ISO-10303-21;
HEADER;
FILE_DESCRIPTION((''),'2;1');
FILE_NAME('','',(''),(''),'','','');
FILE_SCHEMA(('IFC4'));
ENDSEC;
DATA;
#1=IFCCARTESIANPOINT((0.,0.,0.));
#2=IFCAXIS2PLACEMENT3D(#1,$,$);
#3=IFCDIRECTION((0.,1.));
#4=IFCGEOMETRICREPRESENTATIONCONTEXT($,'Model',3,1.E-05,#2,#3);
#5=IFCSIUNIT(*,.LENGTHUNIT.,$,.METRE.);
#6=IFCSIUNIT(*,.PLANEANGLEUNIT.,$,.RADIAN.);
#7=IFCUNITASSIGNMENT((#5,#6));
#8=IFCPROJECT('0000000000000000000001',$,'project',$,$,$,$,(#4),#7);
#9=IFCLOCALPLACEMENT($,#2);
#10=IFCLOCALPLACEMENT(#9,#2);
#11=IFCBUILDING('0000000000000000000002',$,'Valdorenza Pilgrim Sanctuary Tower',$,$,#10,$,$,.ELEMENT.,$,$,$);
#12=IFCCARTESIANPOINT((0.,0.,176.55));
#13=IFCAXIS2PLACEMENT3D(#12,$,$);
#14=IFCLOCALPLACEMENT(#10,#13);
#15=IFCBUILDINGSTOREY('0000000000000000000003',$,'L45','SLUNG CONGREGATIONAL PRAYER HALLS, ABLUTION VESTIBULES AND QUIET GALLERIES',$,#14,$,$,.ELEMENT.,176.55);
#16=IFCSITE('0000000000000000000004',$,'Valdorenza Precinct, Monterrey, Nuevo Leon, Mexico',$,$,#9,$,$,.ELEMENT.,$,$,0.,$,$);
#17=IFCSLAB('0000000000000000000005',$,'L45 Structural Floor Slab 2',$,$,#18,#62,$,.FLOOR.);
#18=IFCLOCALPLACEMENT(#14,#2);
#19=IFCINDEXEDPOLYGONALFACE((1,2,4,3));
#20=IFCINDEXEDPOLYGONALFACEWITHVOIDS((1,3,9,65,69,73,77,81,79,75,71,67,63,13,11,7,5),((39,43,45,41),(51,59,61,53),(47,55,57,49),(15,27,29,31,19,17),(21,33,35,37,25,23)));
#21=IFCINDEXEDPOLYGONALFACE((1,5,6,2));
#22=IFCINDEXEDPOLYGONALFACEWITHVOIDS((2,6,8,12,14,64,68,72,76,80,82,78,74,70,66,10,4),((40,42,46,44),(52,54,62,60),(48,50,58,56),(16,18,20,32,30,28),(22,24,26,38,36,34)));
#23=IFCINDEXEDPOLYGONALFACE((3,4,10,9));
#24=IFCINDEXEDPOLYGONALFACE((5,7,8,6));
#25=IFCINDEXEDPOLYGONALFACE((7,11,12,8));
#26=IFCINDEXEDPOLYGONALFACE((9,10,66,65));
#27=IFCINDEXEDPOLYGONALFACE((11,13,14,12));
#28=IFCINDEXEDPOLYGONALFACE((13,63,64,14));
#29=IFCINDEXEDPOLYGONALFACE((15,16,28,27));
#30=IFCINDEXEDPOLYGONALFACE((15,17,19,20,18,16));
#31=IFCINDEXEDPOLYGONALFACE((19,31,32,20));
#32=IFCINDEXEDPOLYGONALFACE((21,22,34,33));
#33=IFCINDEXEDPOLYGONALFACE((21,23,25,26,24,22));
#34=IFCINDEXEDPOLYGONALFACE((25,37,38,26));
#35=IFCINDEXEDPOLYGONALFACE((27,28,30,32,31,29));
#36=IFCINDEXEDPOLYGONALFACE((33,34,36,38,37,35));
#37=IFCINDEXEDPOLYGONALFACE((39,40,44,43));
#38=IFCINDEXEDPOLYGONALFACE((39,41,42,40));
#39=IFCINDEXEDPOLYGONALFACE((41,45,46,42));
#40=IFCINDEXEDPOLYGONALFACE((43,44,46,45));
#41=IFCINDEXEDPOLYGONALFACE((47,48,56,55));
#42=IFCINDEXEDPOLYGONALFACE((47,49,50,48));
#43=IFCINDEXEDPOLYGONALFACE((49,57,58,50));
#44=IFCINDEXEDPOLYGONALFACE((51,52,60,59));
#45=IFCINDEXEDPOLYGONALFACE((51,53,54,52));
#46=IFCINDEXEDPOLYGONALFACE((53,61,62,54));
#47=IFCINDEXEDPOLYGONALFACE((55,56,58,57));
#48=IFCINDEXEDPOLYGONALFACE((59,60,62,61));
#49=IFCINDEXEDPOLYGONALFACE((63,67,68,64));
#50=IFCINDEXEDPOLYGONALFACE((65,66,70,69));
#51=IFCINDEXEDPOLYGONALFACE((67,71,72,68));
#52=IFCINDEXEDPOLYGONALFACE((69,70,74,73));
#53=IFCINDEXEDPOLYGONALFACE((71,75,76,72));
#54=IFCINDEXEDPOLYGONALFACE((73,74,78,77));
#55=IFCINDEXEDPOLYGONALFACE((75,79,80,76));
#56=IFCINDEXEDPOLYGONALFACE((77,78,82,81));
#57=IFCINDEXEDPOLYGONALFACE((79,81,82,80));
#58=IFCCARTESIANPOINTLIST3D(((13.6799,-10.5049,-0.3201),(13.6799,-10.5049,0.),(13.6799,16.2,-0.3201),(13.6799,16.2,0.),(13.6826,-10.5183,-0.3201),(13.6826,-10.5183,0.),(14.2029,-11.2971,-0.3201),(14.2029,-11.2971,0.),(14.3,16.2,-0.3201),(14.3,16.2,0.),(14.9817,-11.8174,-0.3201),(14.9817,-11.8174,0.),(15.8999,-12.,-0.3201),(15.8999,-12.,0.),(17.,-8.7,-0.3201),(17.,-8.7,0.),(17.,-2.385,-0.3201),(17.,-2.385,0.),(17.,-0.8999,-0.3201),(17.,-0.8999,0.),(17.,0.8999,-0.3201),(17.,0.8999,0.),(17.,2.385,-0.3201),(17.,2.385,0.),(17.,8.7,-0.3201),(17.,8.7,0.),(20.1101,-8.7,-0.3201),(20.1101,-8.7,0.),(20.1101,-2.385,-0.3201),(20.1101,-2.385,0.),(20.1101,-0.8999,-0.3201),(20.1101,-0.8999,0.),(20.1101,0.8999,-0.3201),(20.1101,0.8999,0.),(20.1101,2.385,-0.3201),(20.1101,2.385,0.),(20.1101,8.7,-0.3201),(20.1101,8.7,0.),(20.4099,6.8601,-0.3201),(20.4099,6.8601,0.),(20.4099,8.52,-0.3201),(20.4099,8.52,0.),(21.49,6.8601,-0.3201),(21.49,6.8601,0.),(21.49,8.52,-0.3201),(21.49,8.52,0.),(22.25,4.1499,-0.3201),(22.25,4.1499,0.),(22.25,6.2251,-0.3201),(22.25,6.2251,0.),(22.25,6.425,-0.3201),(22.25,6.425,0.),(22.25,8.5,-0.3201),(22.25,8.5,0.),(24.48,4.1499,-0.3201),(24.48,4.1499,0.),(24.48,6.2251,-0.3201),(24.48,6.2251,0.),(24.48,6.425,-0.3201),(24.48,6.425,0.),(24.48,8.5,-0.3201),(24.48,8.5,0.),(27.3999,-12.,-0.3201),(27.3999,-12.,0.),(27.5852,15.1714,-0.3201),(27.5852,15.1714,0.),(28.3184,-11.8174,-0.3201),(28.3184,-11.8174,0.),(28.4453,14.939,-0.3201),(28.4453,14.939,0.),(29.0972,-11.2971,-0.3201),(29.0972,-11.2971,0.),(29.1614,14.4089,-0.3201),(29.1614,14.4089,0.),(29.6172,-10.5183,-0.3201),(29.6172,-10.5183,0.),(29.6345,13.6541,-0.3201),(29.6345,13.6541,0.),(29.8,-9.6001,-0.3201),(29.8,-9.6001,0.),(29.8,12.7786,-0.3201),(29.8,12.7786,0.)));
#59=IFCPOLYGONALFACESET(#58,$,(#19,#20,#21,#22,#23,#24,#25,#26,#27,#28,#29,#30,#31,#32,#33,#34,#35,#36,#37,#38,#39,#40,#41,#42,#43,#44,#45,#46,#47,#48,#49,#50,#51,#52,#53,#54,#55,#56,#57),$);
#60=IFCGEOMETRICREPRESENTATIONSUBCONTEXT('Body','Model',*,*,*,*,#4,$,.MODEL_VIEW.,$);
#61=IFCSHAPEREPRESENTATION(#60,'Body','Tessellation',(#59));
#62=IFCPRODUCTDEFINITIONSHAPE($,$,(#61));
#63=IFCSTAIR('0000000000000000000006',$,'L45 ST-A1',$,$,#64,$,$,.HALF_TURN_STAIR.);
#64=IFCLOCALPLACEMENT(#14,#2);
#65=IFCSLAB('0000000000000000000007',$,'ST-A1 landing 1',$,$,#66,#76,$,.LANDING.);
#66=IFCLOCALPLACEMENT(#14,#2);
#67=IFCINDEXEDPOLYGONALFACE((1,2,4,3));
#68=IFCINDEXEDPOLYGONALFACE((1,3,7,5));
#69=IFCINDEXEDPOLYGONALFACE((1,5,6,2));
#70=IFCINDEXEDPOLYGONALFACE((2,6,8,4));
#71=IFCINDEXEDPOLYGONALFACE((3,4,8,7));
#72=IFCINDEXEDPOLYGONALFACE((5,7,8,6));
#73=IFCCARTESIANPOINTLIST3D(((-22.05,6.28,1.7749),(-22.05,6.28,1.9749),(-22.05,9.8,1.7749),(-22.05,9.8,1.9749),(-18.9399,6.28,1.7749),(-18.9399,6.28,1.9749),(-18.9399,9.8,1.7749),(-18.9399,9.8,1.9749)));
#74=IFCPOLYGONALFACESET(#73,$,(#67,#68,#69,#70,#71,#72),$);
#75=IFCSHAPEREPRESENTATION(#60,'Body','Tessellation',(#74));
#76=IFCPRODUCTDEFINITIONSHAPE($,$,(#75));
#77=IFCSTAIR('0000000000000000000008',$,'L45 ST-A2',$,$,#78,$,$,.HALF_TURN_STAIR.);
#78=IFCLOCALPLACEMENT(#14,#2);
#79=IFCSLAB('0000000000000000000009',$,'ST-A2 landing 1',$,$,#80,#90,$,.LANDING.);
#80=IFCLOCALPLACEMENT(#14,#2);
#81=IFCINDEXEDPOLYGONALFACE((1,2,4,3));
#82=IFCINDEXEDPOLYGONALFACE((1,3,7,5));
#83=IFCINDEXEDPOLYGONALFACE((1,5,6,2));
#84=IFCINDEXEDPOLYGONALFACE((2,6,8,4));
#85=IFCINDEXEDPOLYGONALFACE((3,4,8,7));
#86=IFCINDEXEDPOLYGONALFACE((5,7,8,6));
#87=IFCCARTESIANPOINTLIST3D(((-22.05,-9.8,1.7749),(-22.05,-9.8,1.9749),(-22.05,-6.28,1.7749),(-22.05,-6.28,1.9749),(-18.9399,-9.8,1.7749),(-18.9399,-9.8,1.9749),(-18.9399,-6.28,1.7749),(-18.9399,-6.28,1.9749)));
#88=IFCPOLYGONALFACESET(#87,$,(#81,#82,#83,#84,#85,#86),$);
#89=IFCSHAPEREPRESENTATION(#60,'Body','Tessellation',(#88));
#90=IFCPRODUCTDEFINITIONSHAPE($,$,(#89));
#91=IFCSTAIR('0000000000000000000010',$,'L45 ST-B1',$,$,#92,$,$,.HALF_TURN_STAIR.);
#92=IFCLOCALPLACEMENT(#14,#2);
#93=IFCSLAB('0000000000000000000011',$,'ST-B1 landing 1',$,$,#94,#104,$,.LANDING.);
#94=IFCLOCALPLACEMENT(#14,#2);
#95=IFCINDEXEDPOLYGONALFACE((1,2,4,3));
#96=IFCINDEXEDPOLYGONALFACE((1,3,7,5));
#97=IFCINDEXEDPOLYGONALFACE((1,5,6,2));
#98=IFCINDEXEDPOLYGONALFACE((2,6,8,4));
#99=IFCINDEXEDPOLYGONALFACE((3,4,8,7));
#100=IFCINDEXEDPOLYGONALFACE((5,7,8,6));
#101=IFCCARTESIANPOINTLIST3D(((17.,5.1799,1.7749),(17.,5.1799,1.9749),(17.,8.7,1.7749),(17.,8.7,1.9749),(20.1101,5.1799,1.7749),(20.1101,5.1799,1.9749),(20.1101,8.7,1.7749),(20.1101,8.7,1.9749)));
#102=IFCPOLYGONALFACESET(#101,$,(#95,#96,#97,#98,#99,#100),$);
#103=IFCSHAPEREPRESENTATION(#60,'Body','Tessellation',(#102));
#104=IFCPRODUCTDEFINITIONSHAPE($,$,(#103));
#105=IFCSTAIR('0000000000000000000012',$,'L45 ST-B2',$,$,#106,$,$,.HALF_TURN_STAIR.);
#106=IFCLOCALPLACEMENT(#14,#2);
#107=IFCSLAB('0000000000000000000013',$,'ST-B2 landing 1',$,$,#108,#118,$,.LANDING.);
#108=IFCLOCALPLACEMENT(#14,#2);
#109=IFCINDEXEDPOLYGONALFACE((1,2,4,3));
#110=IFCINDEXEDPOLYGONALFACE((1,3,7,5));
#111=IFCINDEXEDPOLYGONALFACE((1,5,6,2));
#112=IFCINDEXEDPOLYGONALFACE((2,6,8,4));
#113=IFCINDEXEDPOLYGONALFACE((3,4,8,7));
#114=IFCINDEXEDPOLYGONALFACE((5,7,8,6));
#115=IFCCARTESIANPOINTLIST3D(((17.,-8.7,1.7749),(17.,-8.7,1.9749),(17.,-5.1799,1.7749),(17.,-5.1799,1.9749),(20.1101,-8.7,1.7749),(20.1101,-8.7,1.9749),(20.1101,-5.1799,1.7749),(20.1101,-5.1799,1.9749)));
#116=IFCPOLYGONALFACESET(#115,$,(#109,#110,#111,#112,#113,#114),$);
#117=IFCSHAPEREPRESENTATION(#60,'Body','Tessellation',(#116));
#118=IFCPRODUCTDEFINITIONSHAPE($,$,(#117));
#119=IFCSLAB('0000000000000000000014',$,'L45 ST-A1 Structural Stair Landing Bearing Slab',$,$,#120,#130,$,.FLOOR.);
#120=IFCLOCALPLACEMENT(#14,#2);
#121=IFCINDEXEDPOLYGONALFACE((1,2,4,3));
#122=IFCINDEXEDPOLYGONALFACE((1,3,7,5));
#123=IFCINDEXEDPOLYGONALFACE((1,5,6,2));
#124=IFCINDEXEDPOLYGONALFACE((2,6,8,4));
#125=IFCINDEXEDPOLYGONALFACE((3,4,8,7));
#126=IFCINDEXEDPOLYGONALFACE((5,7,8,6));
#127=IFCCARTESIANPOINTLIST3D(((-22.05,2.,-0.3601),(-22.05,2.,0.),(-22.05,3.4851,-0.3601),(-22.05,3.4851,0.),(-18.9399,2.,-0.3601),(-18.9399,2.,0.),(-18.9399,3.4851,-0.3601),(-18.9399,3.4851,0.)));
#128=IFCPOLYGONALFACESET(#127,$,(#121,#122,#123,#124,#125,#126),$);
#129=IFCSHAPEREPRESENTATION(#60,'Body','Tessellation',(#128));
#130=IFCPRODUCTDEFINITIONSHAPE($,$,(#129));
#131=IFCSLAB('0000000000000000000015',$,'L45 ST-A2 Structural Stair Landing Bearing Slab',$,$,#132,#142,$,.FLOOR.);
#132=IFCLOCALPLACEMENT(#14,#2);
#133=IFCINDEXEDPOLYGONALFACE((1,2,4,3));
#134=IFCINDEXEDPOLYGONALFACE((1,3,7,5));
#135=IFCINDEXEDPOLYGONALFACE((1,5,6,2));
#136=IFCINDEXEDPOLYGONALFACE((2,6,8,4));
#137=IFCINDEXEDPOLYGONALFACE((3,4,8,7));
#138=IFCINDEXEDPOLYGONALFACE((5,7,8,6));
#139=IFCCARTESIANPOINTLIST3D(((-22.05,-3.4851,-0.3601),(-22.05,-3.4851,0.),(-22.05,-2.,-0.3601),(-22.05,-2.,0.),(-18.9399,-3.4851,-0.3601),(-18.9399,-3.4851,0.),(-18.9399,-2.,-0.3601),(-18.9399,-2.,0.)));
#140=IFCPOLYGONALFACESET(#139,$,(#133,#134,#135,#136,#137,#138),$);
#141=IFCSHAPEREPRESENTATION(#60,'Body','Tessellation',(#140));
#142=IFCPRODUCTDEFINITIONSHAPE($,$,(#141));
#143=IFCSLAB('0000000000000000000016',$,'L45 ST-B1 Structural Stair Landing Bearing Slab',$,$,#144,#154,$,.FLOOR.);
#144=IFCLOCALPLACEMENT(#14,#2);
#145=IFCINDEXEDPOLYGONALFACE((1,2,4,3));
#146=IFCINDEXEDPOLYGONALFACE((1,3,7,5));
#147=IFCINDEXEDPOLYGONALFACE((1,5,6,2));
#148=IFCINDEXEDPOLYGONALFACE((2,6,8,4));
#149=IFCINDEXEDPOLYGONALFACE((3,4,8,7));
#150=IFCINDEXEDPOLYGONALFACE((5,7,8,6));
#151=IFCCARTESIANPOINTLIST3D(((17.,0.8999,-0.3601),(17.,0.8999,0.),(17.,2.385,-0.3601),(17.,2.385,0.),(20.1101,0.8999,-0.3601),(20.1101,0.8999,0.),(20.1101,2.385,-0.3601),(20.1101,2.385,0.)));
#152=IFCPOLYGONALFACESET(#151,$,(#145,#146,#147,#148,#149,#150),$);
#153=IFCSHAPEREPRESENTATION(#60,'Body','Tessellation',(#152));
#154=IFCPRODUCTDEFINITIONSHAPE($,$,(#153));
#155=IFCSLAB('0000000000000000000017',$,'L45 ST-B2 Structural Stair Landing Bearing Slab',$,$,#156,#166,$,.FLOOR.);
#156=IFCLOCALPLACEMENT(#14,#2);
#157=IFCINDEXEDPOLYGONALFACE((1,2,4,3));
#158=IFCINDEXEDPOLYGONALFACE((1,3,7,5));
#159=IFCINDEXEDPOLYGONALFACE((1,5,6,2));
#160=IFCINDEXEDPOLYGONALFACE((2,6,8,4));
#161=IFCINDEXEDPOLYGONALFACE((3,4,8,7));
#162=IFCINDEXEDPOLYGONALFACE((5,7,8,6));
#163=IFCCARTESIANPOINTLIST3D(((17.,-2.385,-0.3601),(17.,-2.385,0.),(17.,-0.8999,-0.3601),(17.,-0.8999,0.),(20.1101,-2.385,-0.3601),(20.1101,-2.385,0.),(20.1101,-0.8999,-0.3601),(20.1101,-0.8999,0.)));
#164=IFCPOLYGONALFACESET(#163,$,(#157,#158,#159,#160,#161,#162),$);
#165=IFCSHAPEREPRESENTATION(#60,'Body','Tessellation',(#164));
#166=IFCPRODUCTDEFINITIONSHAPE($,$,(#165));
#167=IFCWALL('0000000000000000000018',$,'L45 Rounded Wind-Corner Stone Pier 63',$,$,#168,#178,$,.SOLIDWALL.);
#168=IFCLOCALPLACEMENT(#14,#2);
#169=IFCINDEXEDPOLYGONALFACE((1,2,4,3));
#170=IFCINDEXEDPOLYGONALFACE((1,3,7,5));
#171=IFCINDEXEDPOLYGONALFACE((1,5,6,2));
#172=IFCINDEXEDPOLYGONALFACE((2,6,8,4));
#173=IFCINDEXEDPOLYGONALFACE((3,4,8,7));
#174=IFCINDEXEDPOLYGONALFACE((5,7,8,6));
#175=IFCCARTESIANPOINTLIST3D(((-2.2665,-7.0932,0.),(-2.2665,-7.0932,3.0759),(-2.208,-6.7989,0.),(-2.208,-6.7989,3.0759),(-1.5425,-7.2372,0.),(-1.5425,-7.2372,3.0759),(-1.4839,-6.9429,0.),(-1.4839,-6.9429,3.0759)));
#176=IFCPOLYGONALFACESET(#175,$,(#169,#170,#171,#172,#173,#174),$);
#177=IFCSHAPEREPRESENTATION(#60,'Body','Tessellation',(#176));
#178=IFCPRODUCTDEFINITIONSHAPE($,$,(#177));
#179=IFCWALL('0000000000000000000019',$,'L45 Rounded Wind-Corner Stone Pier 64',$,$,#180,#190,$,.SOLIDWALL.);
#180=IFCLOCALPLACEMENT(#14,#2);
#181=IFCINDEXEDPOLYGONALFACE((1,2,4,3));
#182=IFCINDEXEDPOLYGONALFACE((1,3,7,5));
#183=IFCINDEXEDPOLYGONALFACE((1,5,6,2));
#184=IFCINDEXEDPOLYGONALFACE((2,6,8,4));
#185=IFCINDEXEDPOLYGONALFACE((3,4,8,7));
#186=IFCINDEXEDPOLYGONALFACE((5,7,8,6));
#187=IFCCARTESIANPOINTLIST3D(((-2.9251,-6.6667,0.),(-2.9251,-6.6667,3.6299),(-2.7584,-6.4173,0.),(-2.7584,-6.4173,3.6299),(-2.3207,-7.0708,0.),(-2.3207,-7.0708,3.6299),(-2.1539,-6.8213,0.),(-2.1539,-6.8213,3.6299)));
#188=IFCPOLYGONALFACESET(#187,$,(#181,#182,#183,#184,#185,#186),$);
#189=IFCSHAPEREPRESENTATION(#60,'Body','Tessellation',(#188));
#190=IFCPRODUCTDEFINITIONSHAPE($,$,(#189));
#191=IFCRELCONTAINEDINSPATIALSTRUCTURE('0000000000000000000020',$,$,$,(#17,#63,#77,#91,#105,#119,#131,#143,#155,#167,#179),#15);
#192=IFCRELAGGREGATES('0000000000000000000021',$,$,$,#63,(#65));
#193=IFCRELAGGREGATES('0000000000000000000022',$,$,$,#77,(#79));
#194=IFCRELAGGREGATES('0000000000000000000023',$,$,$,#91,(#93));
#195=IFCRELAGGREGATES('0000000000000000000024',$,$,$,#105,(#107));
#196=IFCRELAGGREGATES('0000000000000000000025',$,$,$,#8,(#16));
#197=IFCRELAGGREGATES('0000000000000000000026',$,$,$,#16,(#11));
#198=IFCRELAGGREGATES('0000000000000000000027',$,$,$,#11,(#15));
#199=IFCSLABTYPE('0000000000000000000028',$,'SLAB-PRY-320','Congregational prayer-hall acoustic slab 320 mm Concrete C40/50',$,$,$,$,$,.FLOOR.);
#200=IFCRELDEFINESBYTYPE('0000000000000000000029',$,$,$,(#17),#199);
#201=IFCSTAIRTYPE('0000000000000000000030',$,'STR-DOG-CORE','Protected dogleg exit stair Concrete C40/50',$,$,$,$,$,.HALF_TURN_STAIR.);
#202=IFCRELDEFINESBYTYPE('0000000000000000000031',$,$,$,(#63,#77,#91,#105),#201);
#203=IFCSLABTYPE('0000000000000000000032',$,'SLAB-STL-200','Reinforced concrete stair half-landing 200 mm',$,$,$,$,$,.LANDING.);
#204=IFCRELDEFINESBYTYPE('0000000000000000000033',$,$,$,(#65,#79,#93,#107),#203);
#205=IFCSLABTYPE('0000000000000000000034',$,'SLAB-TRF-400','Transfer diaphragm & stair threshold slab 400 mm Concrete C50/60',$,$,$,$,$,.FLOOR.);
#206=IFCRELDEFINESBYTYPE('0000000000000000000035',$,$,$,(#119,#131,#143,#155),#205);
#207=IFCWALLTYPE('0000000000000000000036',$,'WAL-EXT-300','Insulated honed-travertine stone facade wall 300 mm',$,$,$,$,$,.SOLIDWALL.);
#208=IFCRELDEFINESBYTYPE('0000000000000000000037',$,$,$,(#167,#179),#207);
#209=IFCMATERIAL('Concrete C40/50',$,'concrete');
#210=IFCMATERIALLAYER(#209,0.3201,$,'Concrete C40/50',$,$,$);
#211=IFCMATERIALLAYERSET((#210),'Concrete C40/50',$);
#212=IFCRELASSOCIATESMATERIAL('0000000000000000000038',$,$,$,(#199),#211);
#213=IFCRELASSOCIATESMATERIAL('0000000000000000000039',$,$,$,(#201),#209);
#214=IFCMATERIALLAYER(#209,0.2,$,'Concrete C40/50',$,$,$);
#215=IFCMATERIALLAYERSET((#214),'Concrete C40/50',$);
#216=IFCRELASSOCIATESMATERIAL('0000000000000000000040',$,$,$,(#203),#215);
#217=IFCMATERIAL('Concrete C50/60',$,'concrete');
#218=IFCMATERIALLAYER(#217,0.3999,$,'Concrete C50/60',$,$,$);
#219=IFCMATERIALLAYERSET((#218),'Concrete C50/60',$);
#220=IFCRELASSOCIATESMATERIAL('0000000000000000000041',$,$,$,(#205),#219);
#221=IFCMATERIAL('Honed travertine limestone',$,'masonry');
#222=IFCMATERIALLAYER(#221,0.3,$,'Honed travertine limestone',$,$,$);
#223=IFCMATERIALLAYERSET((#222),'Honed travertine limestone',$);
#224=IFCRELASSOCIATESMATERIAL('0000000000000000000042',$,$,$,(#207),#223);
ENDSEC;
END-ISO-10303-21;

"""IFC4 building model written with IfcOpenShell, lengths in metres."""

from ifc_helpers import new_model, si_unit, direction, frame, frame_2d, origin, place, context, subcontext, project, spatial, polyline, rectangle, outline, extrude, material, layer, layer_set, type_object, element, aggregate, save


model = new_model("IFC4")

# Units and contexts
model_context = context("Model", 3, precision=1e-05, world=origin(), true_north=direction((0.0, 1.0)))
body_context = subcontext(model_context, "Body", "Model", "MODEL_VIEW")
ifc_project = project(units=[si_unit("LENGTHUNIT", "METRE"), si_unit("PLANEANGLEUNIT", "RADIAN")], contexts=[model_context])

# Site, building, storey
site_placement = place(None, origin())
site = spatial("IfcSite", under=ifc_project, at=site_placement, Name="Valdorenza Precinct, Monterrey, Nuevo Leon, Mexico", CompositionType="ELEMENT", RefElevation=0.0)
building_placement = place(site_placement, origin())
building = spatial("IfcBuilding", under=site, at=building_placement, Name="Valdorenza Pilgrim Sanctuary Tower", CompositionType="ELEMENT")
storey_placement = place(building_placement, frame((0.0, 0.0, 176.55)))
storey = spatial("IfcBuildingStorey", under=building, at=storey_placement, Name="L45", Description="SLUNG CONGREGATIONAL PRAYER HALLS, ABLUTION VESTIBULES AND QUIET GALLERIES", CompositionType="ELEMENT", Elevation=176.55)

# Slab
ifc_material_1 = material(Name="Concrete C40/50", Category="concrete")
ifc_layer_1 = layer(ifc_material_1, 0.3201, Name="Concrete C40/50")
ifc_layer_set_1 = layer_set([ifc_layer_1], Name="Concrete C40/50")
slab_type_1 = type_object("IfcSlabType", Name="SLAB-PRY-320", Description="Congregational prayer-hall acoustic slab 320 mm Concrete C40/50", PredefinedType="FLOOR", material=ifc_layer_set_1)
slab_1_placement = place(storey_placement, frame((0.0, 0.0, -0.3201)))
element("IfcSlab", 1, at=slab_1_placement, inside=storey, type_object=slab_type_1, Name="L45 Structural Floor Slab 2", PredefinedType="FLOOR", context=body_context, shape_type="SweptSolid", body=[
    extrude(outline(polyline([(27.5852, 15.1714), (28.4453, 14.939), (29.1614, 14.4089), (29.6345, 13.6541), (29.8, 12.7786), (29.8, -9.6001), (29.6172, -10.5183), (29.0972, -11.2971), (28.3184, -11.8174), (27.3999, -12.0), (15.8999, -12.0), (14.9817, -11.8174), (14.2029, -11.2971), (13.6826, -10.5183), (13.6799, -10.5049), (13.6799, 16.2), (14.3, 16.2), (27.5852, 15.1714)]), holes=[polyline([(17.0, -8.7), (20.1101, -8.7), (20.1101, -2.385), (20.1101, -0.8999), (17.0, -0.8999), (17.0, -2.385), (17.0, -8.7)]), polyline([(17.0, 0.8999), (20.1101, 0.8999), (20.1101, 2.385), (20.1101, 8.7), (17.0, 8.7), (17.0, 2.385), (17.0, 0.8999)]), polyline([(22.25, 4.1499), (24.48, 4.1499), (24.48, 6.2251), (22.25, 6.2251), (22.25, 4.1499)]), polyline([(22.25, 6.425), (24.48, 6.425), (24.48, 8.5), (22.25, 8.5), (22.25, 6.425)]), polyline([(20.4099, 6.8601), (21.49, 6.8601), (21.49, 8.52), (20.4099, 8.52), (20.4099, 6.8601)])]), origin(), (0.0, 0.0, 1.0), 0.3201),
])

# Stairs, slabs
stair_type = type_object("IfcStairType", Name="STR-DOG-CORE", Description="Protected dogleg exit stair Concrete C40/50", PredefinedType="HALF_TURN_STAIR", material=ifc_material_1)
stair_1_placement = place(storey_placement, origin())
stair_1 = element("IfcStair", 2, at=stair_1_placement, inside=storey, type_object=stair_type, Name="L45 ST-A1", PredefinedType="HALF_TURN_STAIR")
ifc_layer_2 = layer(ifc_material_1, 0.2, Name="Concrete C40/50")
ifc_layer_set_2 = layer_set([ifc_layer_2], Name="Concrete C40/50")
slab_type_2 = type_object("IfcSlabType", Name="SLAB-STL-200", Description="Reinforced concrete stair half-landing 200 mm", PredefinedType="LANDING", material=ifc_layer_set_2)
slab_2_placement = place(storey_placement, frame((0.0, 0.0, 1.7749)))
slab_2 = element("IfcSlab", 3, at=slab_2_placement, type_object=slab_type_2, Name="ST-A1 landing 1", PredefinedType="LANDING", context=body_context, shape_type="SweptSolid", body=[
    extrude(outline(polyline([(-18.9399, 6.28), (-18.9399, 9.8), (-22.05, 9.8), (-22.05, 6.28), (-18.9399, 6.28)])), origin(), (0.0, 0.0, 1.0), 0.2),
])
aggregate(stair_1, [slab_2])
stair_2_placement = place(storey_placement, origin())
stair_2 = element("IfcStair", 4, at=stair_2_placement, inside=storey, type_object=stair_type, Name="L45 ST-A2", PredefinedType="HALF_TURN_STAIR")
slab_3_placement = place(storey_placement, frame((0.0, 0.0, 1.7749)))
slab_3 = element("IfcSlab", 5, at=slab_3_placement, type_object=slab_type_2, Name="ST-A2 landing 1", PredefinedType="LANDING", context=body_context, shape_type="SweptSolid", body=[
    extrude(outline(polyline([(-22.05, -6.28), (-22.05, -9.8), (-18.9399, -9.8), (-18.9399, -6.28), (-22.05, -6.28)])), origin(), (0.0, 0.0, 1.0), 0.2),
])
aggregate(stair_2, [slab_3])
stair_3_placement = place(storey_placement, origin())
stair_3 = element("IfcStair", 6, at=stair_3_placement, inside=storey, type_object=stair_type, Name="L45 ST-B1", PredefinedType="HALF_TURN_STAIR")
slab_4_placement = place(storey_placement, frame((0.0, 0.0, 1.7749)))
slab_4 = element("IfcSlab", 7, at=slab_4_placement, type_object=slab_type_2, Name="ST-B1 landing 1", PredefinedType="LANDING", context=body_context, shape_type="SweptSolid", body=[
    extrude(outline(polyline([(20.1101, 5.1799), (20.1101, 8.7), (17.0, 8.7), (17.0, 5.1799), (20.1101, 5.1799)])), origin(), (0.0, 0.0, 1.0), 0.2),
])
aggregate(stair_3, [slab_4])
stair_4_placement = place(storey_placement, origin())
stair_4 = element("IfcStair", 8, at=stair_4_placement, inside=storey, type_object=stair_type, Name="L45 ST-B2", PredefinedType="HALF_TURN_STAIR")
slab_5_placement = place(storey_placement, frame((0.0, 0.0, 1.7749)))
slab_5 = element("IfcSlab", 9, at=slab_5_placement, type_object=slab_type_2, Name="ST-B2 landing 1", PredefinedType="LANDING", context=body_context, shape_type="SweptSolid", body=[
    extrude(outline(polyline([(17.0, -5.1799), (17.0, -8.7), (20.1101, -8.7), (20.1101, -5.1799), (17.0, -5.1799)])), origin(), (0.0, 0.0, 1.0), 0.2),
])
aggregate(stair_4, [slab_5])

# Slabs
ifc_material_2 = material(Name="Concrete C50/60", Category="concrete")
ifc_layer_3 = layer(ifc_material_2, 0.3999, Name="Concrete C50/60")
ifc_layer_set_3 = layer_set([ifc_layer_3], Name="Concrete C50/60")
slab_type_3 = type_object("IfcSlabType", Name="SLAB-TRF-400", Description="Transfer diaphragm & stair threshold slab 400 mm Concrete C50/60", PredefinedType="FLOOR", material=ifc_layer_set_3)
slab_6_placement = place(storey_placement, frame((0.0, 0.0, -0.3601)))
element("IfcSlab", 10, at=slab_6_placement, inside=storey, type_object=slab_type_3, Name="L45 ST-A1 Structural Stair Landing Bearing Slab", PredefinedType="FLOOR", context=body_context, shape_type="SweptSolid", body=[
    extrude(outline(polyline([(-22.05, 2.0), (-18.9399, 2.0), (-18.9399, 3.4851), (-22.05, 3.4851), (-22.05, 2.0)])), origin(), (0.0, 0.0, 1.0), 0.3601),
])
slab_7_placement = place(storey_placement, frame((0.0, 0.0, -0.3601)))
element("IfcSlab", 11, at=slab_7_placement, inside=storey, type_object=slab_type_3, Name="L45 ST-A2 Structural Stair Landing Bearing Slab", PredefinedType="FLOOR", context=body_context, shape_type="SweptSolid", body=[
    extrude(outline(polyline([(-22.05, -3.4851), (-18.9399, -3.4851), (-18.9399, -2.0), (-22.05, -2.0), (-22.05, -3.4851)])), origin(), (0.0, 0.0, 1.0), 0.3601),
])
slab_8_placement = place(storey_placement, frame((0.0, 0.0, -0.3601)))
element("IfcSlab", 12, at=slab_8_placement, inside=storey, type_object=slab_type_3, Name="L45 ST-B1 Structural Stair Landing Bearing Slab", PredefinedType="FLOOR", context=body_context, shape_type="SweptSolid", body=[
    extrude(outline(polyline([(17.0, 0.8999), (20.1101, 0.8999), (20.1101, 2.385), (17.0, 2.385), (17.0, 0.8999)])), origin(), (0.0, 0.0, 1.0), 0.3601),
])
slab_9_placement = place(storey_placement, frame((0.0, 0.0, -0.3601)))
element("IfcSlab", 13, at=slab_9_placement, inside=storey, type_object=slab_type_3, Name="L45 ST-B2 Structural Stair Landing Bearing Slab", PredefinedType="FLOOR", context=body_context, shape_type="SweptSolid", body=[
    extrude(outline(polyline([(17.0, -2.385), (20.1101, -2.385), (20.1101, -0.8999), (17.0, -0.8999), (17.0, -2.385)])), origin(), (0.0, 0.0, 1.0), 0.3601),
])

# Walls
ifc_material_3 = material(Name="Honed travertine limestone", Category="masonry")
ifc_layer_4 = layer(ifc_material_3, 0.3, Name="Honed travertine limestone")
ifc_layer_set_4 = layer_set([ifc_layer_4], Name="Honed travertine limestone")
wall_type = type_object("IfcWallType", Name="WAL-EXT-300", Description="Insulated honed-travertine stone facade wall 300 mm", PredefinedType="SOLIDWALL", material=ifc_layer_set_4)
wall_1_placement = place(storey_placement, frame((-1.5132, -7.0901, 0.0), z_axis=(0.0, 0.0, 1.0), x_axis=(-0.980784, 0.195099, 0.0)))
element("IfcWall", 14, at=wall_1_placement, inside=storey, type_object=wall_type, Name="L45 Rounded Wind-Corner Stone Pier 63", PredefinedType="SOLIDWALL", context=body_context, shape_type="SweptSolid", body=[
    extrude(rectangle(XDim=0.7383, YDim=0.3, at=frame_2d((0.3691, 0.0))), origin(), (0.0, 0.0, 1.0), 3.0759),
])
wall_2_placement = place(storey_placement, frame((-2.2373, -6.946, 0.0), z_axis=(0.0, 0.0, 1.0), x_axis=(-0.831378, 0.555707, 0.0)))
element("IfcWall", 15, at=wall_2_placement, inside=storey, type_object=wall_type, Name="L45 Rounded Wind-Corner Stone Pier 64", PredefinedType="SOLIDWALL", context=body_context, shape_type="SweptSolid", body=[
    extrude(rectangle(XDim=0.7271, YDim=0.3, at=frame_2d((0.3635, 0.0))), origin(), (0.0, 0.0, 1.0), 3.6299),
])

save(model, "model.ifc")
